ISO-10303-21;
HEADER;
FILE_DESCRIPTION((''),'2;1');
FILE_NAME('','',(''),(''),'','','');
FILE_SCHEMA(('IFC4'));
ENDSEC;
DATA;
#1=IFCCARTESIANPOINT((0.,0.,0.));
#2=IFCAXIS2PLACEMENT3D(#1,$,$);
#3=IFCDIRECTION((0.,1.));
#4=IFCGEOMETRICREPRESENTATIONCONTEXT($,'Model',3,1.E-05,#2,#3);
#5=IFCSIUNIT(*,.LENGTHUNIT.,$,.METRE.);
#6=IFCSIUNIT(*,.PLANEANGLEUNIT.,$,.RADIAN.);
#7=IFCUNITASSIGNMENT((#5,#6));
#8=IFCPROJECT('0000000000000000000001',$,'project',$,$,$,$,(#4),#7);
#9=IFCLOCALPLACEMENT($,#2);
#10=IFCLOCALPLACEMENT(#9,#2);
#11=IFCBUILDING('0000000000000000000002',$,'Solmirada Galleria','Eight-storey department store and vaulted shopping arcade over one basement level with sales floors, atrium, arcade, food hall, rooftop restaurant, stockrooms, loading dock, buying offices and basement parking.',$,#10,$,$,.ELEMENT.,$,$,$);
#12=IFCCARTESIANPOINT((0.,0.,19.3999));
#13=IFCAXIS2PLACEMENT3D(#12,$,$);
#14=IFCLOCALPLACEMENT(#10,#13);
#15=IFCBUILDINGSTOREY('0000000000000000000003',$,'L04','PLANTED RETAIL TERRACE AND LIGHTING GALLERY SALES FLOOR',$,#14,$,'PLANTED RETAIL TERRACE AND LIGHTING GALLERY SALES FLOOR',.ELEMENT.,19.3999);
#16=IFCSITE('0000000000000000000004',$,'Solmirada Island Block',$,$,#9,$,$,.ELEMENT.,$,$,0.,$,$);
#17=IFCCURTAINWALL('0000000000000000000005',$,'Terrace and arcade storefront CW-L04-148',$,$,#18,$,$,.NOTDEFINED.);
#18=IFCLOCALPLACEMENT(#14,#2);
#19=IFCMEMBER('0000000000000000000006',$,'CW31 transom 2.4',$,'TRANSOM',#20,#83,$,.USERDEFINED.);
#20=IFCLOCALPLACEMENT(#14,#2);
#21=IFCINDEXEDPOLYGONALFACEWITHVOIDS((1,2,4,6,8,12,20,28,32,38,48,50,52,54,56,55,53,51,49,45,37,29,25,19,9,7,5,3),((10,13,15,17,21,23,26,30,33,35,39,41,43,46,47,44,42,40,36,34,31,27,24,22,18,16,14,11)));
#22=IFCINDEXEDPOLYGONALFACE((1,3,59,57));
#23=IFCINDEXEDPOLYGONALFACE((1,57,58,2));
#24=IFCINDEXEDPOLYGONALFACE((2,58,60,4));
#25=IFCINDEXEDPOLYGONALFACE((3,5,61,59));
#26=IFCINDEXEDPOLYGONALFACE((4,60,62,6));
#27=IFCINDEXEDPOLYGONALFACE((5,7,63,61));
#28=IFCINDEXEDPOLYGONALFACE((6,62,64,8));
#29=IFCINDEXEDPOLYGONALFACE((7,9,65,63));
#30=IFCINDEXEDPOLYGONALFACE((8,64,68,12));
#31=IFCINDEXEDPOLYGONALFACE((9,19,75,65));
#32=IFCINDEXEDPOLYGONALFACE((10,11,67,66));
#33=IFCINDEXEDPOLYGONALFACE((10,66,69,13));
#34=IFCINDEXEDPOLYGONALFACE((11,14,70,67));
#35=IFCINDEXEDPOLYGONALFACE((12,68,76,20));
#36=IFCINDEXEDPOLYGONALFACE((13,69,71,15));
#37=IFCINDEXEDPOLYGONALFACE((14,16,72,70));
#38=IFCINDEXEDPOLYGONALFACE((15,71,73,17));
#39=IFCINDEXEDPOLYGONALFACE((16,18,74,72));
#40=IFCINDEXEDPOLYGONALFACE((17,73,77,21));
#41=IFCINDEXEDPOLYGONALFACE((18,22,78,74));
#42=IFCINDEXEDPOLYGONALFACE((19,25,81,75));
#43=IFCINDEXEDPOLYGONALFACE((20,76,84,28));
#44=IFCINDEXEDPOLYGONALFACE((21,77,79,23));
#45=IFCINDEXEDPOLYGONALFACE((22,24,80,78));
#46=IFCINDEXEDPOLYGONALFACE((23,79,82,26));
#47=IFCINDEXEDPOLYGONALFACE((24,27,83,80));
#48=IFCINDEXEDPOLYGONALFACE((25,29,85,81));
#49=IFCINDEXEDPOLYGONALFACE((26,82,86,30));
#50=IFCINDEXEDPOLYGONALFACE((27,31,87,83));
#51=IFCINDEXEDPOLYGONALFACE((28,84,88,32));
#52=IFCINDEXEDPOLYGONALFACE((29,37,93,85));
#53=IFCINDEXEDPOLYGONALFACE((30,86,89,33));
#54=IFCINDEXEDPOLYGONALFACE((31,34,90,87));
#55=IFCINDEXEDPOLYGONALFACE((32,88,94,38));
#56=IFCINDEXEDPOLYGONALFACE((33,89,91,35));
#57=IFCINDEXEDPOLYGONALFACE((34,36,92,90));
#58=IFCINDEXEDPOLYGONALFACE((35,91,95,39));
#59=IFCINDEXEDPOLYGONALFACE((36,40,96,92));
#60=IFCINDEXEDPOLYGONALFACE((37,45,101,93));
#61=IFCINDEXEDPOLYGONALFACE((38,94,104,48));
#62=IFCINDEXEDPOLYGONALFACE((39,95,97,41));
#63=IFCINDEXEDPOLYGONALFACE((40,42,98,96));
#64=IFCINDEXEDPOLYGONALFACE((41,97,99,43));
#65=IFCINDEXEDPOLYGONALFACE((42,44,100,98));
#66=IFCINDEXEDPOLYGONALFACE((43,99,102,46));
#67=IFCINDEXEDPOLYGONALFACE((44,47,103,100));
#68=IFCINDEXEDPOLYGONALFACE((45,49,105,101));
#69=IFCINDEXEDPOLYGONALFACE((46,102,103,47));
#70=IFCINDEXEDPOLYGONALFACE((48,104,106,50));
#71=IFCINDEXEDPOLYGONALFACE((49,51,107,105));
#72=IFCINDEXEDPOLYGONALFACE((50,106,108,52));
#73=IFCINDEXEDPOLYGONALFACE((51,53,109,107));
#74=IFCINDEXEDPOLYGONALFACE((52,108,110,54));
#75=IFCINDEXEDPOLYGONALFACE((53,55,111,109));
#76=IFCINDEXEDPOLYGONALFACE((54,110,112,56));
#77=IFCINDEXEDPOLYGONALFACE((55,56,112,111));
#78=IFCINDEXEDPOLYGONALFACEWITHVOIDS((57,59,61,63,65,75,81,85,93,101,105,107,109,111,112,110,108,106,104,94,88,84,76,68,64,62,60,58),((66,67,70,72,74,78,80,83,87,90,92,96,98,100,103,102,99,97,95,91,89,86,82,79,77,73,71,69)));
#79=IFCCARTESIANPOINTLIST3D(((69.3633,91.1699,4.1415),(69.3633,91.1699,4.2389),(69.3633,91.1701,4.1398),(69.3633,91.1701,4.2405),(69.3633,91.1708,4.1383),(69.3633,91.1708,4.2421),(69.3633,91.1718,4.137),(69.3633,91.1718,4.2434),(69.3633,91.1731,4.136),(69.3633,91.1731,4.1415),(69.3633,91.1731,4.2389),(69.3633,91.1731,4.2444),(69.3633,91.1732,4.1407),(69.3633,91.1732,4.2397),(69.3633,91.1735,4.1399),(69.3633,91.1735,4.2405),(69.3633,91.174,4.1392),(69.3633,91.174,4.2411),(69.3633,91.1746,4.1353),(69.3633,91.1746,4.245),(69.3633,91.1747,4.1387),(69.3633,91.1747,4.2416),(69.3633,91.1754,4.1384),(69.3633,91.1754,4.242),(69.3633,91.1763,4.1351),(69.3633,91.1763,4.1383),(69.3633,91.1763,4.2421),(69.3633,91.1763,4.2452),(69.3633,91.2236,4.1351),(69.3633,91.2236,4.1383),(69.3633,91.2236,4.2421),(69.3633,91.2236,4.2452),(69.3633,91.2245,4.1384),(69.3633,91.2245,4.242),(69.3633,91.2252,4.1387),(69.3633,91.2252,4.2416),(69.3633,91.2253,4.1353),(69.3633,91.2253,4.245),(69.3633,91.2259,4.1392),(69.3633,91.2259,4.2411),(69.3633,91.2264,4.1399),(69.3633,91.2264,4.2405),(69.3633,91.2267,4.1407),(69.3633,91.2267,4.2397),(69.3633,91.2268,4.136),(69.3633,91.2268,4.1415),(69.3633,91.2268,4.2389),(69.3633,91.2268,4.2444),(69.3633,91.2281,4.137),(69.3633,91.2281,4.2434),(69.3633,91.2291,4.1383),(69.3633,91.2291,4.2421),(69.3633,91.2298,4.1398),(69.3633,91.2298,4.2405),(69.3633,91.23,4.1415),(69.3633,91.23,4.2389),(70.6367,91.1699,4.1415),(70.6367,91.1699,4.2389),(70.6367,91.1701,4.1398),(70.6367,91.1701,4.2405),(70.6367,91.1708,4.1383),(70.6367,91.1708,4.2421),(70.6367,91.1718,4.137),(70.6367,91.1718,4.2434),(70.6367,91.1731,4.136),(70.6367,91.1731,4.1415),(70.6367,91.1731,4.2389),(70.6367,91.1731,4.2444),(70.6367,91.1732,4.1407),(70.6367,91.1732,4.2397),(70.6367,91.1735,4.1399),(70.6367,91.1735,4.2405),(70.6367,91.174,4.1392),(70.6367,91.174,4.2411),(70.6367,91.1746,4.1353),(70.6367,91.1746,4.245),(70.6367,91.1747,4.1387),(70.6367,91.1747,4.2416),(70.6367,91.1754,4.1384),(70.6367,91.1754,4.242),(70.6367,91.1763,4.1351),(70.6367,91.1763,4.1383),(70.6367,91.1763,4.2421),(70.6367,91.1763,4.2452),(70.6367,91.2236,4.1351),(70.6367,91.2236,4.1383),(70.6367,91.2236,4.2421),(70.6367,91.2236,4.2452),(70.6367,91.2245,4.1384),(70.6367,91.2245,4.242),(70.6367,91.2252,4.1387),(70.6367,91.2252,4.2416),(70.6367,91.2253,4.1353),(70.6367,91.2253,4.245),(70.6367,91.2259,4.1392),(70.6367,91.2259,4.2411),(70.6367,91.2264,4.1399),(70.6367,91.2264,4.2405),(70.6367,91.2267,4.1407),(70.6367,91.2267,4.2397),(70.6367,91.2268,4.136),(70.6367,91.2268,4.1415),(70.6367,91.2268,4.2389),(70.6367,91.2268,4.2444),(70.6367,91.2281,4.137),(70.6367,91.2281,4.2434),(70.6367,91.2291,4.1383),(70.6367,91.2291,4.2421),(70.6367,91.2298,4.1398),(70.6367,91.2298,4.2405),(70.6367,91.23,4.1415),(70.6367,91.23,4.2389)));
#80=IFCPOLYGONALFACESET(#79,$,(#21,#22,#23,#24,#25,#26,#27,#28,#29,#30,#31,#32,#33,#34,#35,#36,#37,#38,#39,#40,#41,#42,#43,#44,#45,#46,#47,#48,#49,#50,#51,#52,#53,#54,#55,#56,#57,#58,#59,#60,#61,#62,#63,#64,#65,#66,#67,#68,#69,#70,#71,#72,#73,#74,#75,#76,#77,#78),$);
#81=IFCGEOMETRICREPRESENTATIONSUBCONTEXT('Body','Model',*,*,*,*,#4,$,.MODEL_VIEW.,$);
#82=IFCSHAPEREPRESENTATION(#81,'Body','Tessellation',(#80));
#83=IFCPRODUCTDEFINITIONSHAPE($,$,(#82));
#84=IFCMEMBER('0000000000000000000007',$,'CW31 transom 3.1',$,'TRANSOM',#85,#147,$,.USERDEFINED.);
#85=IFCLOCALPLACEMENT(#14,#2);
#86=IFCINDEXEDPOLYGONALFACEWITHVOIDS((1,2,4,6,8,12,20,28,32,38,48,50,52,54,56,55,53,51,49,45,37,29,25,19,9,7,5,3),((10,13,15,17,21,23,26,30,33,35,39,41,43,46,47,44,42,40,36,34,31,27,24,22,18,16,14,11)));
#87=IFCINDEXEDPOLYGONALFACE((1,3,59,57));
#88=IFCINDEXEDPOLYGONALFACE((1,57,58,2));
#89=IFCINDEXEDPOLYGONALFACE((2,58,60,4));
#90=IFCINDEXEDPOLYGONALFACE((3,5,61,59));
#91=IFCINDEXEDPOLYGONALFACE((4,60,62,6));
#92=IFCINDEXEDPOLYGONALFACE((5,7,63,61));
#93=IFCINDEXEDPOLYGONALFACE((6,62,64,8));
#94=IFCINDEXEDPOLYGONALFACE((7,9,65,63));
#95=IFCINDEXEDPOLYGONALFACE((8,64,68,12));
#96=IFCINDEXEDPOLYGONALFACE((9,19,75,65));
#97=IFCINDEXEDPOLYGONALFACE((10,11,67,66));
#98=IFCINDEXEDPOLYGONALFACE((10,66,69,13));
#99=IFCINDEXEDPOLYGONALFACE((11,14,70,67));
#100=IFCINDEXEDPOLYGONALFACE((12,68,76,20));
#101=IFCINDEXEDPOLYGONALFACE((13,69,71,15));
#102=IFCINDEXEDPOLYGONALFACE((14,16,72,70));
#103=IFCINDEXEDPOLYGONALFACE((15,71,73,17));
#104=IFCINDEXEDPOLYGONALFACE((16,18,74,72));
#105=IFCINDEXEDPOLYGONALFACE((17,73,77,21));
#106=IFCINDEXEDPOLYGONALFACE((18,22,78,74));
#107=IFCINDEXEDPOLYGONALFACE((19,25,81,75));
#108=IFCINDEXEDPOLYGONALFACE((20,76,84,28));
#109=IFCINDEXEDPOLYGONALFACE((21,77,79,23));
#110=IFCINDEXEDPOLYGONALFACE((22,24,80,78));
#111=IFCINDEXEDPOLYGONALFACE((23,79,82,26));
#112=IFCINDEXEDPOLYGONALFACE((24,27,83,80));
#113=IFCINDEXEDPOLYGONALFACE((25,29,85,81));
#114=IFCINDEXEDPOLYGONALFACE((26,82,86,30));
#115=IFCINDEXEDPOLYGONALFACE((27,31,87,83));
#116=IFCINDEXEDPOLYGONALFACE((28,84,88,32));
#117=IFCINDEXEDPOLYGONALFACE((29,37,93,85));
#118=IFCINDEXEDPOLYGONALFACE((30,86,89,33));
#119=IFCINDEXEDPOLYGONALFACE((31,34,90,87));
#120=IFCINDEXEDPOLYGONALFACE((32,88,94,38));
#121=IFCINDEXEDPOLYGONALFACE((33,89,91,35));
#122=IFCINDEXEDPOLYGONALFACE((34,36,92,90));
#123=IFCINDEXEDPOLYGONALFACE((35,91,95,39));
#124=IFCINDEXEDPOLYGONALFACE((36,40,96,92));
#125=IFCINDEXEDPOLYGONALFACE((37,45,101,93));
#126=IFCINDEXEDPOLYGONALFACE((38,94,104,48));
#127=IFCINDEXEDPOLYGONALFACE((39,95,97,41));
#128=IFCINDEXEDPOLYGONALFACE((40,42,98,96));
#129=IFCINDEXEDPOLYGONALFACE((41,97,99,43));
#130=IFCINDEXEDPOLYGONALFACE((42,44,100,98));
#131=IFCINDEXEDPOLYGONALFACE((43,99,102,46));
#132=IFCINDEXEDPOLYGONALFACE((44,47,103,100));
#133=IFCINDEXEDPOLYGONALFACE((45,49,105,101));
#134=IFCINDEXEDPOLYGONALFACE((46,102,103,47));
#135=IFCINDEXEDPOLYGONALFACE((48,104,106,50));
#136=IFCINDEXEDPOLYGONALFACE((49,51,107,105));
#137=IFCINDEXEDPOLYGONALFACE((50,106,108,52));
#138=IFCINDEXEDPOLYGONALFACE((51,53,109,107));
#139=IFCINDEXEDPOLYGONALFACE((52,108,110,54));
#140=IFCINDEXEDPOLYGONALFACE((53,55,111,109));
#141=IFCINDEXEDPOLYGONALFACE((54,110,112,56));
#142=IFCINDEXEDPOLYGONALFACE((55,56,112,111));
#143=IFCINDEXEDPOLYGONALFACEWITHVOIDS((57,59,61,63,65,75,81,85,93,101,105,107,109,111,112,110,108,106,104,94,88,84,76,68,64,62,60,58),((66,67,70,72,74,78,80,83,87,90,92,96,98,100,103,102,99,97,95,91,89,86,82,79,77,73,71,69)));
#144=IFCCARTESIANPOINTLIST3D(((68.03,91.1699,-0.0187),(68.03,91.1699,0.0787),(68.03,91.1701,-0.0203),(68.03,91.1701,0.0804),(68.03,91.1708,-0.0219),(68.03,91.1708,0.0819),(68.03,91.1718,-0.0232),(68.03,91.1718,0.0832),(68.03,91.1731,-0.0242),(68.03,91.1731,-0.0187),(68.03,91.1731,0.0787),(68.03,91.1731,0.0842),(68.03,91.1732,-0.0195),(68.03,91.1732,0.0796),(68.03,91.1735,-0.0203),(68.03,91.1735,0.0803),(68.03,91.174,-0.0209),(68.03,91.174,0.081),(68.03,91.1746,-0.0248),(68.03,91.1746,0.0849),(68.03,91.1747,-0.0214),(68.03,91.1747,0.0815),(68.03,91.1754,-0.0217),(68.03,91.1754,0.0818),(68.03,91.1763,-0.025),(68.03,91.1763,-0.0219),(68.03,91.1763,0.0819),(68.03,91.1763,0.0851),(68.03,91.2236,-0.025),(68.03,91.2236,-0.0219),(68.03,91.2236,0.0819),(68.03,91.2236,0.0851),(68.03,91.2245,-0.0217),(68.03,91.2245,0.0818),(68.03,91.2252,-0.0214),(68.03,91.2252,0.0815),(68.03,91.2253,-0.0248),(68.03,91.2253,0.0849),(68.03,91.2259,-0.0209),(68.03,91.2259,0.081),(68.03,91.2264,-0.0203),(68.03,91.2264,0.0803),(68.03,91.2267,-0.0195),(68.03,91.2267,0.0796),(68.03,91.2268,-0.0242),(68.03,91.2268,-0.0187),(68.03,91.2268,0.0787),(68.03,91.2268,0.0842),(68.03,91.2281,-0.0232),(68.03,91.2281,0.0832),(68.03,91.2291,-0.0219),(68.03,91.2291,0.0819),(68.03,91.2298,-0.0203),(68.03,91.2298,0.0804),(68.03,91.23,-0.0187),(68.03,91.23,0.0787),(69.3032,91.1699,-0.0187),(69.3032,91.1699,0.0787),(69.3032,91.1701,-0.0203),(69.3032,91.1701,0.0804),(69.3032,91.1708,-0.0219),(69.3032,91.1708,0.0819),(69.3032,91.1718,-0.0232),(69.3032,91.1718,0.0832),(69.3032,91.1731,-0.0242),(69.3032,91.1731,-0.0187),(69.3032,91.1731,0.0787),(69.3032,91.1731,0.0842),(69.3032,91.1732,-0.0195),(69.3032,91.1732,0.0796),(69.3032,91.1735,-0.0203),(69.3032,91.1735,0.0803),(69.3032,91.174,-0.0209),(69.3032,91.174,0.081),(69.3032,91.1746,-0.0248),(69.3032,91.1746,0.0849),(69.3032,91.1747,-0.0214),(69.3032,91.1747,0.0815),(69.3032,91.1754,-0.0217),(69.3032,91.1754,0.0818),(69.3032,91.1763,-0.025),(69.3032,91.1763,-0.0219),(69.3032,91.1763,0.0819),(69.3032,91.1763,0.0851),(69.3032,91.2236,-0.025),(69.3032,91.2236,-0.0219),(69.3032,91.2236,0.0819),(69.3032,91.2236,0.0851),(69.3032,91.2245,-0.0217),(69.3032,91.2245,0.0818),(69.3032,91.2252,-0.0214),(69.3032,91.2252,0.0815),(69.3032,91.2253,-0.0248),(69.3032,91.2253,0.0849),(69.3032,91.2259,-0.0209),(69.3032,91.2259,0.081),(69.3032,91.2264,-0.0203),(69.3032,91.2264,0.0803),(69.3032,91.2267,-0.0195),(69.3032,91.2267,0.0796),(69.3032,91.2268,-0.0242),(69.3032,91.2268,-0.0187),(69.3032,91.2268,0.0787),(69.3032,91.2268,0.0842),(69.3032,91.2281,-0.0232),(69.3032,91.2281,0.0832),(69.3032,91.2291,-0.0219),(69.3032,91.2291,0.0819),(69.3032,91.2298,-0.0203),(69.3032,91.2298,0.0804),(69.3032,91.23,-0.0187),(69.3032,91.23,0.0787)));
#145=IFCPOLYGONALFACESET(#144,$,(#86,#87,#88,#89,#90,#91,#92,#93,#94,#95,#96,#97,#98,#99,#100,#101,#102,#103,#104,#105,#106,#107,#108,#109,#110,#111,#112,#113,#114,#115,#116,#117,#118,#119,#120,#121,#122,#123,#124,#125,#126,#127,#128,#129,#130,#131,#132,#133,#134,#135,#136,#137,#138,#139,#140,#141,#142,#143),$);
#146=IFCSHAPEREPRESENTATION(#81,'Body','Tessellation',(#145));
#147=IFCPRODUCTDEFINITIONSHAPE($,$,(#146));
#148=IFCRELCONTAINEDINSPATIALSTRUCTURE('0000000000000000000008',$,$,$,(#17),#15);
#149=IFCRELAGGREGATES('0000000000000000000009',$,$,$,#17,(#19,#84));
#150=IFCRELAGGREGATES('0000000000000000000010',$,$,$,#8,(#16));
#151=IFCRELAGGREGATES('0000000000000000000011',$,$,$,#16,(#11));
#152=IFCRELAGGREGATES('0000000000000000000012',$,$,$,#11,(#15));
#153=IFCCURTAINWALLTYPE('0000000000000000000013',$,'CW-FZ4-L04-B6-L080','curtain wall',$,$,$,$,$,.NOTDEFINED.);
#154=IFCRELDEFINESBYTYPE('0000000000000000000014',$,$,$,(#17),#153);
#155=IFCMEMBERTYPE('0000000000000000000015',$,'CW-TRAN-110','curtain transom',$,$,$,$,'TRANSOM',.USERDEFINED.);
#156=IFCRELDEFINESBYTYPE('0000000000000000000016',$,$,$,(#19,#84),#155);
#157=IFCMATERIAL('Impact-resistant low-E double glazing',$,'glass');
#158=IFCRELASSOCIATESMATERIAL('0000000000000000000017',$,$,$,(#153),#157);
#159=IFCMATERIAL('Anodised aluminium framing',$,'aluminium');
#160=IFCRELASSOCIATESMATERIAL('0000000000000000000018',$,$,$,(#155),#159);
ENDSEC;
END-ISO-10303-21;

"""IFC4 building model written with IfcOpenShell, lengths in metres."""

from ifc_helpers import new_model, si_unit, direction, frame, origin, origin_2d, place, context, subcontext, project, spatial, hollow_rectangle, extrude, material, material_profile, profile_set, type_object, element, aggregate, save


model = new_model("IFC4")

# Units and contexts
model_context = context("Model", 3, precision=1e-05, world=origin(), true_north=direction((0.0, 1.0)))
body_context = subcontext(model_context, "Body", "Model", "MODEL_VIEW")
ifc_project = project(units=[si_unit("LENGTHUNIT", "METRE"), si_unit("PLANEANGLEUNIT", "RADIAN")], contexts=[model_context])

# Site, building, storey
site_placement = place(None, origin())
site = spatial("IfcSite", under=ifc_project, at=site_placement, Name="Solmirada Island Block", CompositionType="ELEMENT", RefElevation=0.0)
building_placement = place(site_placement, origin())
building = spatial("IfcBuilding", under=site, at=building_placement, Name="Solmirada Galleria", Description="Eight-storey department store and vaulted shopping arcade over one basement level with sales floors, atrium, arcade, food hall, rooftop restaurant, stockrooms, loading dock, buying offices and basement parking.", CompositionType="ELEMENT")
storey_placement = place(building_placement, frame((0.0, 0.0, 19.3999)))
storey = spatial("IfcBuildingStorey", under=building, at=storey_placement, Name="L04", Description="PLANTED RETAIL TERRACE AND LIGHTING GALLERY SALES FLOOR", LongName="PLANTED RETAIL TERRACE AND LIGHTING GALLERY SALES FLOOR", CompositionType="ELEMENT", Elevation=19.3999)

# Curtain wall, members
ifc_material_1 = material(Name="Impact-resistant low-E double glazing", Category="glass")
curtain_wall_type = type_object("IfcCurtainWallType", Name="CW-FZ4-L04-B6-L080", Description="curtain wall", PredefinedType="NOTDEFINED", material=ifc_material_1)
curtain_wall_placement = place(storey_placement, origin())
curtain_wall = element("IfcCurtainWall", 1, at=curtain_wall_placement, inside=storey, type_object=curtain_wall_type, Name="Terrace and arcade storefront CW-L04-148", PredefinedType="NOTDEFINED")
ifc_material_2 = material(Name="Anodised aluminium framing", Category="aluminium")
ifc_material_profile_1 = material_profile(ifc_material_2, hollow_rectangle(XDim=0.0601, YDim=0.1101, WallThickness=0.0032, InnerFilletRadius=0.0032, OuterFilletRadius=0.0063, at=origin_2d()), Name="ALU-TRAN-110X60")
ifc_profile_set_1 = profile_set([ifc_material_profile_1], Name="Anodised aluminium framing")
member_type_1 = type_object("IfcMemberType", Name="CW-TRAN-110", Description="curtain transom", ElementType="TRANSOM", PredefinedType="USERDEFINED", material=ifc_profile_set_1)
member_1_placement = place(storey_placement, frame((70.6367, 91.2, 4.1902), z_axis=(-1.0, 0.0, 0.0), x_axis=(0.0, -1.0, 0.0)))
member_1 = element("IfcMember", 2, at=member_1_placement, type_object=member_type_1, Name="CW31 transom 2.4", ObjectType="TRANSOM", PredefinedType="USERDEFINED", context=body_context, shape_type="SweptSolid", body=[
    extrude(hollow_rectangle(XDim=0.0601, YDim=0.1101, WallThickness=0.0032, InnerFilletRadius=0.0032, OuterFilletRadius=0.0063, at=origin_2d()), origin(), (0.0, 0.0, 1.0), 1.2734),
])
member_2_placement = place(storey_placement, frame((69.3032, 91.2, 0.03), z_axis=(-1.0, 0.0, 0.0), x_axis=(0.0, -1.0, 0.0)))
member_2 = element("IfcMember", 3, at=member_2_placement, type_object=member_type_1, Name="CW31 transom 3.1", ObjectType="TRANSOM", PredefinedType="USERDEFINED", context=body_context, shape_type="SweptSolid", body=[
    extrude(hollow_rectangle(XDim=0.0601, YDim=0.1101, WallThickness=0.0032, InnerFilletRadius=0.0032, OuterFilletRadius=0.0063, at=origin_2d()), origin(), (0.0, 0.0, 1.0), 1.2732),
])
aggregate(curtain_wall, [member_1, member_2])

save(model, "model.ifc")
